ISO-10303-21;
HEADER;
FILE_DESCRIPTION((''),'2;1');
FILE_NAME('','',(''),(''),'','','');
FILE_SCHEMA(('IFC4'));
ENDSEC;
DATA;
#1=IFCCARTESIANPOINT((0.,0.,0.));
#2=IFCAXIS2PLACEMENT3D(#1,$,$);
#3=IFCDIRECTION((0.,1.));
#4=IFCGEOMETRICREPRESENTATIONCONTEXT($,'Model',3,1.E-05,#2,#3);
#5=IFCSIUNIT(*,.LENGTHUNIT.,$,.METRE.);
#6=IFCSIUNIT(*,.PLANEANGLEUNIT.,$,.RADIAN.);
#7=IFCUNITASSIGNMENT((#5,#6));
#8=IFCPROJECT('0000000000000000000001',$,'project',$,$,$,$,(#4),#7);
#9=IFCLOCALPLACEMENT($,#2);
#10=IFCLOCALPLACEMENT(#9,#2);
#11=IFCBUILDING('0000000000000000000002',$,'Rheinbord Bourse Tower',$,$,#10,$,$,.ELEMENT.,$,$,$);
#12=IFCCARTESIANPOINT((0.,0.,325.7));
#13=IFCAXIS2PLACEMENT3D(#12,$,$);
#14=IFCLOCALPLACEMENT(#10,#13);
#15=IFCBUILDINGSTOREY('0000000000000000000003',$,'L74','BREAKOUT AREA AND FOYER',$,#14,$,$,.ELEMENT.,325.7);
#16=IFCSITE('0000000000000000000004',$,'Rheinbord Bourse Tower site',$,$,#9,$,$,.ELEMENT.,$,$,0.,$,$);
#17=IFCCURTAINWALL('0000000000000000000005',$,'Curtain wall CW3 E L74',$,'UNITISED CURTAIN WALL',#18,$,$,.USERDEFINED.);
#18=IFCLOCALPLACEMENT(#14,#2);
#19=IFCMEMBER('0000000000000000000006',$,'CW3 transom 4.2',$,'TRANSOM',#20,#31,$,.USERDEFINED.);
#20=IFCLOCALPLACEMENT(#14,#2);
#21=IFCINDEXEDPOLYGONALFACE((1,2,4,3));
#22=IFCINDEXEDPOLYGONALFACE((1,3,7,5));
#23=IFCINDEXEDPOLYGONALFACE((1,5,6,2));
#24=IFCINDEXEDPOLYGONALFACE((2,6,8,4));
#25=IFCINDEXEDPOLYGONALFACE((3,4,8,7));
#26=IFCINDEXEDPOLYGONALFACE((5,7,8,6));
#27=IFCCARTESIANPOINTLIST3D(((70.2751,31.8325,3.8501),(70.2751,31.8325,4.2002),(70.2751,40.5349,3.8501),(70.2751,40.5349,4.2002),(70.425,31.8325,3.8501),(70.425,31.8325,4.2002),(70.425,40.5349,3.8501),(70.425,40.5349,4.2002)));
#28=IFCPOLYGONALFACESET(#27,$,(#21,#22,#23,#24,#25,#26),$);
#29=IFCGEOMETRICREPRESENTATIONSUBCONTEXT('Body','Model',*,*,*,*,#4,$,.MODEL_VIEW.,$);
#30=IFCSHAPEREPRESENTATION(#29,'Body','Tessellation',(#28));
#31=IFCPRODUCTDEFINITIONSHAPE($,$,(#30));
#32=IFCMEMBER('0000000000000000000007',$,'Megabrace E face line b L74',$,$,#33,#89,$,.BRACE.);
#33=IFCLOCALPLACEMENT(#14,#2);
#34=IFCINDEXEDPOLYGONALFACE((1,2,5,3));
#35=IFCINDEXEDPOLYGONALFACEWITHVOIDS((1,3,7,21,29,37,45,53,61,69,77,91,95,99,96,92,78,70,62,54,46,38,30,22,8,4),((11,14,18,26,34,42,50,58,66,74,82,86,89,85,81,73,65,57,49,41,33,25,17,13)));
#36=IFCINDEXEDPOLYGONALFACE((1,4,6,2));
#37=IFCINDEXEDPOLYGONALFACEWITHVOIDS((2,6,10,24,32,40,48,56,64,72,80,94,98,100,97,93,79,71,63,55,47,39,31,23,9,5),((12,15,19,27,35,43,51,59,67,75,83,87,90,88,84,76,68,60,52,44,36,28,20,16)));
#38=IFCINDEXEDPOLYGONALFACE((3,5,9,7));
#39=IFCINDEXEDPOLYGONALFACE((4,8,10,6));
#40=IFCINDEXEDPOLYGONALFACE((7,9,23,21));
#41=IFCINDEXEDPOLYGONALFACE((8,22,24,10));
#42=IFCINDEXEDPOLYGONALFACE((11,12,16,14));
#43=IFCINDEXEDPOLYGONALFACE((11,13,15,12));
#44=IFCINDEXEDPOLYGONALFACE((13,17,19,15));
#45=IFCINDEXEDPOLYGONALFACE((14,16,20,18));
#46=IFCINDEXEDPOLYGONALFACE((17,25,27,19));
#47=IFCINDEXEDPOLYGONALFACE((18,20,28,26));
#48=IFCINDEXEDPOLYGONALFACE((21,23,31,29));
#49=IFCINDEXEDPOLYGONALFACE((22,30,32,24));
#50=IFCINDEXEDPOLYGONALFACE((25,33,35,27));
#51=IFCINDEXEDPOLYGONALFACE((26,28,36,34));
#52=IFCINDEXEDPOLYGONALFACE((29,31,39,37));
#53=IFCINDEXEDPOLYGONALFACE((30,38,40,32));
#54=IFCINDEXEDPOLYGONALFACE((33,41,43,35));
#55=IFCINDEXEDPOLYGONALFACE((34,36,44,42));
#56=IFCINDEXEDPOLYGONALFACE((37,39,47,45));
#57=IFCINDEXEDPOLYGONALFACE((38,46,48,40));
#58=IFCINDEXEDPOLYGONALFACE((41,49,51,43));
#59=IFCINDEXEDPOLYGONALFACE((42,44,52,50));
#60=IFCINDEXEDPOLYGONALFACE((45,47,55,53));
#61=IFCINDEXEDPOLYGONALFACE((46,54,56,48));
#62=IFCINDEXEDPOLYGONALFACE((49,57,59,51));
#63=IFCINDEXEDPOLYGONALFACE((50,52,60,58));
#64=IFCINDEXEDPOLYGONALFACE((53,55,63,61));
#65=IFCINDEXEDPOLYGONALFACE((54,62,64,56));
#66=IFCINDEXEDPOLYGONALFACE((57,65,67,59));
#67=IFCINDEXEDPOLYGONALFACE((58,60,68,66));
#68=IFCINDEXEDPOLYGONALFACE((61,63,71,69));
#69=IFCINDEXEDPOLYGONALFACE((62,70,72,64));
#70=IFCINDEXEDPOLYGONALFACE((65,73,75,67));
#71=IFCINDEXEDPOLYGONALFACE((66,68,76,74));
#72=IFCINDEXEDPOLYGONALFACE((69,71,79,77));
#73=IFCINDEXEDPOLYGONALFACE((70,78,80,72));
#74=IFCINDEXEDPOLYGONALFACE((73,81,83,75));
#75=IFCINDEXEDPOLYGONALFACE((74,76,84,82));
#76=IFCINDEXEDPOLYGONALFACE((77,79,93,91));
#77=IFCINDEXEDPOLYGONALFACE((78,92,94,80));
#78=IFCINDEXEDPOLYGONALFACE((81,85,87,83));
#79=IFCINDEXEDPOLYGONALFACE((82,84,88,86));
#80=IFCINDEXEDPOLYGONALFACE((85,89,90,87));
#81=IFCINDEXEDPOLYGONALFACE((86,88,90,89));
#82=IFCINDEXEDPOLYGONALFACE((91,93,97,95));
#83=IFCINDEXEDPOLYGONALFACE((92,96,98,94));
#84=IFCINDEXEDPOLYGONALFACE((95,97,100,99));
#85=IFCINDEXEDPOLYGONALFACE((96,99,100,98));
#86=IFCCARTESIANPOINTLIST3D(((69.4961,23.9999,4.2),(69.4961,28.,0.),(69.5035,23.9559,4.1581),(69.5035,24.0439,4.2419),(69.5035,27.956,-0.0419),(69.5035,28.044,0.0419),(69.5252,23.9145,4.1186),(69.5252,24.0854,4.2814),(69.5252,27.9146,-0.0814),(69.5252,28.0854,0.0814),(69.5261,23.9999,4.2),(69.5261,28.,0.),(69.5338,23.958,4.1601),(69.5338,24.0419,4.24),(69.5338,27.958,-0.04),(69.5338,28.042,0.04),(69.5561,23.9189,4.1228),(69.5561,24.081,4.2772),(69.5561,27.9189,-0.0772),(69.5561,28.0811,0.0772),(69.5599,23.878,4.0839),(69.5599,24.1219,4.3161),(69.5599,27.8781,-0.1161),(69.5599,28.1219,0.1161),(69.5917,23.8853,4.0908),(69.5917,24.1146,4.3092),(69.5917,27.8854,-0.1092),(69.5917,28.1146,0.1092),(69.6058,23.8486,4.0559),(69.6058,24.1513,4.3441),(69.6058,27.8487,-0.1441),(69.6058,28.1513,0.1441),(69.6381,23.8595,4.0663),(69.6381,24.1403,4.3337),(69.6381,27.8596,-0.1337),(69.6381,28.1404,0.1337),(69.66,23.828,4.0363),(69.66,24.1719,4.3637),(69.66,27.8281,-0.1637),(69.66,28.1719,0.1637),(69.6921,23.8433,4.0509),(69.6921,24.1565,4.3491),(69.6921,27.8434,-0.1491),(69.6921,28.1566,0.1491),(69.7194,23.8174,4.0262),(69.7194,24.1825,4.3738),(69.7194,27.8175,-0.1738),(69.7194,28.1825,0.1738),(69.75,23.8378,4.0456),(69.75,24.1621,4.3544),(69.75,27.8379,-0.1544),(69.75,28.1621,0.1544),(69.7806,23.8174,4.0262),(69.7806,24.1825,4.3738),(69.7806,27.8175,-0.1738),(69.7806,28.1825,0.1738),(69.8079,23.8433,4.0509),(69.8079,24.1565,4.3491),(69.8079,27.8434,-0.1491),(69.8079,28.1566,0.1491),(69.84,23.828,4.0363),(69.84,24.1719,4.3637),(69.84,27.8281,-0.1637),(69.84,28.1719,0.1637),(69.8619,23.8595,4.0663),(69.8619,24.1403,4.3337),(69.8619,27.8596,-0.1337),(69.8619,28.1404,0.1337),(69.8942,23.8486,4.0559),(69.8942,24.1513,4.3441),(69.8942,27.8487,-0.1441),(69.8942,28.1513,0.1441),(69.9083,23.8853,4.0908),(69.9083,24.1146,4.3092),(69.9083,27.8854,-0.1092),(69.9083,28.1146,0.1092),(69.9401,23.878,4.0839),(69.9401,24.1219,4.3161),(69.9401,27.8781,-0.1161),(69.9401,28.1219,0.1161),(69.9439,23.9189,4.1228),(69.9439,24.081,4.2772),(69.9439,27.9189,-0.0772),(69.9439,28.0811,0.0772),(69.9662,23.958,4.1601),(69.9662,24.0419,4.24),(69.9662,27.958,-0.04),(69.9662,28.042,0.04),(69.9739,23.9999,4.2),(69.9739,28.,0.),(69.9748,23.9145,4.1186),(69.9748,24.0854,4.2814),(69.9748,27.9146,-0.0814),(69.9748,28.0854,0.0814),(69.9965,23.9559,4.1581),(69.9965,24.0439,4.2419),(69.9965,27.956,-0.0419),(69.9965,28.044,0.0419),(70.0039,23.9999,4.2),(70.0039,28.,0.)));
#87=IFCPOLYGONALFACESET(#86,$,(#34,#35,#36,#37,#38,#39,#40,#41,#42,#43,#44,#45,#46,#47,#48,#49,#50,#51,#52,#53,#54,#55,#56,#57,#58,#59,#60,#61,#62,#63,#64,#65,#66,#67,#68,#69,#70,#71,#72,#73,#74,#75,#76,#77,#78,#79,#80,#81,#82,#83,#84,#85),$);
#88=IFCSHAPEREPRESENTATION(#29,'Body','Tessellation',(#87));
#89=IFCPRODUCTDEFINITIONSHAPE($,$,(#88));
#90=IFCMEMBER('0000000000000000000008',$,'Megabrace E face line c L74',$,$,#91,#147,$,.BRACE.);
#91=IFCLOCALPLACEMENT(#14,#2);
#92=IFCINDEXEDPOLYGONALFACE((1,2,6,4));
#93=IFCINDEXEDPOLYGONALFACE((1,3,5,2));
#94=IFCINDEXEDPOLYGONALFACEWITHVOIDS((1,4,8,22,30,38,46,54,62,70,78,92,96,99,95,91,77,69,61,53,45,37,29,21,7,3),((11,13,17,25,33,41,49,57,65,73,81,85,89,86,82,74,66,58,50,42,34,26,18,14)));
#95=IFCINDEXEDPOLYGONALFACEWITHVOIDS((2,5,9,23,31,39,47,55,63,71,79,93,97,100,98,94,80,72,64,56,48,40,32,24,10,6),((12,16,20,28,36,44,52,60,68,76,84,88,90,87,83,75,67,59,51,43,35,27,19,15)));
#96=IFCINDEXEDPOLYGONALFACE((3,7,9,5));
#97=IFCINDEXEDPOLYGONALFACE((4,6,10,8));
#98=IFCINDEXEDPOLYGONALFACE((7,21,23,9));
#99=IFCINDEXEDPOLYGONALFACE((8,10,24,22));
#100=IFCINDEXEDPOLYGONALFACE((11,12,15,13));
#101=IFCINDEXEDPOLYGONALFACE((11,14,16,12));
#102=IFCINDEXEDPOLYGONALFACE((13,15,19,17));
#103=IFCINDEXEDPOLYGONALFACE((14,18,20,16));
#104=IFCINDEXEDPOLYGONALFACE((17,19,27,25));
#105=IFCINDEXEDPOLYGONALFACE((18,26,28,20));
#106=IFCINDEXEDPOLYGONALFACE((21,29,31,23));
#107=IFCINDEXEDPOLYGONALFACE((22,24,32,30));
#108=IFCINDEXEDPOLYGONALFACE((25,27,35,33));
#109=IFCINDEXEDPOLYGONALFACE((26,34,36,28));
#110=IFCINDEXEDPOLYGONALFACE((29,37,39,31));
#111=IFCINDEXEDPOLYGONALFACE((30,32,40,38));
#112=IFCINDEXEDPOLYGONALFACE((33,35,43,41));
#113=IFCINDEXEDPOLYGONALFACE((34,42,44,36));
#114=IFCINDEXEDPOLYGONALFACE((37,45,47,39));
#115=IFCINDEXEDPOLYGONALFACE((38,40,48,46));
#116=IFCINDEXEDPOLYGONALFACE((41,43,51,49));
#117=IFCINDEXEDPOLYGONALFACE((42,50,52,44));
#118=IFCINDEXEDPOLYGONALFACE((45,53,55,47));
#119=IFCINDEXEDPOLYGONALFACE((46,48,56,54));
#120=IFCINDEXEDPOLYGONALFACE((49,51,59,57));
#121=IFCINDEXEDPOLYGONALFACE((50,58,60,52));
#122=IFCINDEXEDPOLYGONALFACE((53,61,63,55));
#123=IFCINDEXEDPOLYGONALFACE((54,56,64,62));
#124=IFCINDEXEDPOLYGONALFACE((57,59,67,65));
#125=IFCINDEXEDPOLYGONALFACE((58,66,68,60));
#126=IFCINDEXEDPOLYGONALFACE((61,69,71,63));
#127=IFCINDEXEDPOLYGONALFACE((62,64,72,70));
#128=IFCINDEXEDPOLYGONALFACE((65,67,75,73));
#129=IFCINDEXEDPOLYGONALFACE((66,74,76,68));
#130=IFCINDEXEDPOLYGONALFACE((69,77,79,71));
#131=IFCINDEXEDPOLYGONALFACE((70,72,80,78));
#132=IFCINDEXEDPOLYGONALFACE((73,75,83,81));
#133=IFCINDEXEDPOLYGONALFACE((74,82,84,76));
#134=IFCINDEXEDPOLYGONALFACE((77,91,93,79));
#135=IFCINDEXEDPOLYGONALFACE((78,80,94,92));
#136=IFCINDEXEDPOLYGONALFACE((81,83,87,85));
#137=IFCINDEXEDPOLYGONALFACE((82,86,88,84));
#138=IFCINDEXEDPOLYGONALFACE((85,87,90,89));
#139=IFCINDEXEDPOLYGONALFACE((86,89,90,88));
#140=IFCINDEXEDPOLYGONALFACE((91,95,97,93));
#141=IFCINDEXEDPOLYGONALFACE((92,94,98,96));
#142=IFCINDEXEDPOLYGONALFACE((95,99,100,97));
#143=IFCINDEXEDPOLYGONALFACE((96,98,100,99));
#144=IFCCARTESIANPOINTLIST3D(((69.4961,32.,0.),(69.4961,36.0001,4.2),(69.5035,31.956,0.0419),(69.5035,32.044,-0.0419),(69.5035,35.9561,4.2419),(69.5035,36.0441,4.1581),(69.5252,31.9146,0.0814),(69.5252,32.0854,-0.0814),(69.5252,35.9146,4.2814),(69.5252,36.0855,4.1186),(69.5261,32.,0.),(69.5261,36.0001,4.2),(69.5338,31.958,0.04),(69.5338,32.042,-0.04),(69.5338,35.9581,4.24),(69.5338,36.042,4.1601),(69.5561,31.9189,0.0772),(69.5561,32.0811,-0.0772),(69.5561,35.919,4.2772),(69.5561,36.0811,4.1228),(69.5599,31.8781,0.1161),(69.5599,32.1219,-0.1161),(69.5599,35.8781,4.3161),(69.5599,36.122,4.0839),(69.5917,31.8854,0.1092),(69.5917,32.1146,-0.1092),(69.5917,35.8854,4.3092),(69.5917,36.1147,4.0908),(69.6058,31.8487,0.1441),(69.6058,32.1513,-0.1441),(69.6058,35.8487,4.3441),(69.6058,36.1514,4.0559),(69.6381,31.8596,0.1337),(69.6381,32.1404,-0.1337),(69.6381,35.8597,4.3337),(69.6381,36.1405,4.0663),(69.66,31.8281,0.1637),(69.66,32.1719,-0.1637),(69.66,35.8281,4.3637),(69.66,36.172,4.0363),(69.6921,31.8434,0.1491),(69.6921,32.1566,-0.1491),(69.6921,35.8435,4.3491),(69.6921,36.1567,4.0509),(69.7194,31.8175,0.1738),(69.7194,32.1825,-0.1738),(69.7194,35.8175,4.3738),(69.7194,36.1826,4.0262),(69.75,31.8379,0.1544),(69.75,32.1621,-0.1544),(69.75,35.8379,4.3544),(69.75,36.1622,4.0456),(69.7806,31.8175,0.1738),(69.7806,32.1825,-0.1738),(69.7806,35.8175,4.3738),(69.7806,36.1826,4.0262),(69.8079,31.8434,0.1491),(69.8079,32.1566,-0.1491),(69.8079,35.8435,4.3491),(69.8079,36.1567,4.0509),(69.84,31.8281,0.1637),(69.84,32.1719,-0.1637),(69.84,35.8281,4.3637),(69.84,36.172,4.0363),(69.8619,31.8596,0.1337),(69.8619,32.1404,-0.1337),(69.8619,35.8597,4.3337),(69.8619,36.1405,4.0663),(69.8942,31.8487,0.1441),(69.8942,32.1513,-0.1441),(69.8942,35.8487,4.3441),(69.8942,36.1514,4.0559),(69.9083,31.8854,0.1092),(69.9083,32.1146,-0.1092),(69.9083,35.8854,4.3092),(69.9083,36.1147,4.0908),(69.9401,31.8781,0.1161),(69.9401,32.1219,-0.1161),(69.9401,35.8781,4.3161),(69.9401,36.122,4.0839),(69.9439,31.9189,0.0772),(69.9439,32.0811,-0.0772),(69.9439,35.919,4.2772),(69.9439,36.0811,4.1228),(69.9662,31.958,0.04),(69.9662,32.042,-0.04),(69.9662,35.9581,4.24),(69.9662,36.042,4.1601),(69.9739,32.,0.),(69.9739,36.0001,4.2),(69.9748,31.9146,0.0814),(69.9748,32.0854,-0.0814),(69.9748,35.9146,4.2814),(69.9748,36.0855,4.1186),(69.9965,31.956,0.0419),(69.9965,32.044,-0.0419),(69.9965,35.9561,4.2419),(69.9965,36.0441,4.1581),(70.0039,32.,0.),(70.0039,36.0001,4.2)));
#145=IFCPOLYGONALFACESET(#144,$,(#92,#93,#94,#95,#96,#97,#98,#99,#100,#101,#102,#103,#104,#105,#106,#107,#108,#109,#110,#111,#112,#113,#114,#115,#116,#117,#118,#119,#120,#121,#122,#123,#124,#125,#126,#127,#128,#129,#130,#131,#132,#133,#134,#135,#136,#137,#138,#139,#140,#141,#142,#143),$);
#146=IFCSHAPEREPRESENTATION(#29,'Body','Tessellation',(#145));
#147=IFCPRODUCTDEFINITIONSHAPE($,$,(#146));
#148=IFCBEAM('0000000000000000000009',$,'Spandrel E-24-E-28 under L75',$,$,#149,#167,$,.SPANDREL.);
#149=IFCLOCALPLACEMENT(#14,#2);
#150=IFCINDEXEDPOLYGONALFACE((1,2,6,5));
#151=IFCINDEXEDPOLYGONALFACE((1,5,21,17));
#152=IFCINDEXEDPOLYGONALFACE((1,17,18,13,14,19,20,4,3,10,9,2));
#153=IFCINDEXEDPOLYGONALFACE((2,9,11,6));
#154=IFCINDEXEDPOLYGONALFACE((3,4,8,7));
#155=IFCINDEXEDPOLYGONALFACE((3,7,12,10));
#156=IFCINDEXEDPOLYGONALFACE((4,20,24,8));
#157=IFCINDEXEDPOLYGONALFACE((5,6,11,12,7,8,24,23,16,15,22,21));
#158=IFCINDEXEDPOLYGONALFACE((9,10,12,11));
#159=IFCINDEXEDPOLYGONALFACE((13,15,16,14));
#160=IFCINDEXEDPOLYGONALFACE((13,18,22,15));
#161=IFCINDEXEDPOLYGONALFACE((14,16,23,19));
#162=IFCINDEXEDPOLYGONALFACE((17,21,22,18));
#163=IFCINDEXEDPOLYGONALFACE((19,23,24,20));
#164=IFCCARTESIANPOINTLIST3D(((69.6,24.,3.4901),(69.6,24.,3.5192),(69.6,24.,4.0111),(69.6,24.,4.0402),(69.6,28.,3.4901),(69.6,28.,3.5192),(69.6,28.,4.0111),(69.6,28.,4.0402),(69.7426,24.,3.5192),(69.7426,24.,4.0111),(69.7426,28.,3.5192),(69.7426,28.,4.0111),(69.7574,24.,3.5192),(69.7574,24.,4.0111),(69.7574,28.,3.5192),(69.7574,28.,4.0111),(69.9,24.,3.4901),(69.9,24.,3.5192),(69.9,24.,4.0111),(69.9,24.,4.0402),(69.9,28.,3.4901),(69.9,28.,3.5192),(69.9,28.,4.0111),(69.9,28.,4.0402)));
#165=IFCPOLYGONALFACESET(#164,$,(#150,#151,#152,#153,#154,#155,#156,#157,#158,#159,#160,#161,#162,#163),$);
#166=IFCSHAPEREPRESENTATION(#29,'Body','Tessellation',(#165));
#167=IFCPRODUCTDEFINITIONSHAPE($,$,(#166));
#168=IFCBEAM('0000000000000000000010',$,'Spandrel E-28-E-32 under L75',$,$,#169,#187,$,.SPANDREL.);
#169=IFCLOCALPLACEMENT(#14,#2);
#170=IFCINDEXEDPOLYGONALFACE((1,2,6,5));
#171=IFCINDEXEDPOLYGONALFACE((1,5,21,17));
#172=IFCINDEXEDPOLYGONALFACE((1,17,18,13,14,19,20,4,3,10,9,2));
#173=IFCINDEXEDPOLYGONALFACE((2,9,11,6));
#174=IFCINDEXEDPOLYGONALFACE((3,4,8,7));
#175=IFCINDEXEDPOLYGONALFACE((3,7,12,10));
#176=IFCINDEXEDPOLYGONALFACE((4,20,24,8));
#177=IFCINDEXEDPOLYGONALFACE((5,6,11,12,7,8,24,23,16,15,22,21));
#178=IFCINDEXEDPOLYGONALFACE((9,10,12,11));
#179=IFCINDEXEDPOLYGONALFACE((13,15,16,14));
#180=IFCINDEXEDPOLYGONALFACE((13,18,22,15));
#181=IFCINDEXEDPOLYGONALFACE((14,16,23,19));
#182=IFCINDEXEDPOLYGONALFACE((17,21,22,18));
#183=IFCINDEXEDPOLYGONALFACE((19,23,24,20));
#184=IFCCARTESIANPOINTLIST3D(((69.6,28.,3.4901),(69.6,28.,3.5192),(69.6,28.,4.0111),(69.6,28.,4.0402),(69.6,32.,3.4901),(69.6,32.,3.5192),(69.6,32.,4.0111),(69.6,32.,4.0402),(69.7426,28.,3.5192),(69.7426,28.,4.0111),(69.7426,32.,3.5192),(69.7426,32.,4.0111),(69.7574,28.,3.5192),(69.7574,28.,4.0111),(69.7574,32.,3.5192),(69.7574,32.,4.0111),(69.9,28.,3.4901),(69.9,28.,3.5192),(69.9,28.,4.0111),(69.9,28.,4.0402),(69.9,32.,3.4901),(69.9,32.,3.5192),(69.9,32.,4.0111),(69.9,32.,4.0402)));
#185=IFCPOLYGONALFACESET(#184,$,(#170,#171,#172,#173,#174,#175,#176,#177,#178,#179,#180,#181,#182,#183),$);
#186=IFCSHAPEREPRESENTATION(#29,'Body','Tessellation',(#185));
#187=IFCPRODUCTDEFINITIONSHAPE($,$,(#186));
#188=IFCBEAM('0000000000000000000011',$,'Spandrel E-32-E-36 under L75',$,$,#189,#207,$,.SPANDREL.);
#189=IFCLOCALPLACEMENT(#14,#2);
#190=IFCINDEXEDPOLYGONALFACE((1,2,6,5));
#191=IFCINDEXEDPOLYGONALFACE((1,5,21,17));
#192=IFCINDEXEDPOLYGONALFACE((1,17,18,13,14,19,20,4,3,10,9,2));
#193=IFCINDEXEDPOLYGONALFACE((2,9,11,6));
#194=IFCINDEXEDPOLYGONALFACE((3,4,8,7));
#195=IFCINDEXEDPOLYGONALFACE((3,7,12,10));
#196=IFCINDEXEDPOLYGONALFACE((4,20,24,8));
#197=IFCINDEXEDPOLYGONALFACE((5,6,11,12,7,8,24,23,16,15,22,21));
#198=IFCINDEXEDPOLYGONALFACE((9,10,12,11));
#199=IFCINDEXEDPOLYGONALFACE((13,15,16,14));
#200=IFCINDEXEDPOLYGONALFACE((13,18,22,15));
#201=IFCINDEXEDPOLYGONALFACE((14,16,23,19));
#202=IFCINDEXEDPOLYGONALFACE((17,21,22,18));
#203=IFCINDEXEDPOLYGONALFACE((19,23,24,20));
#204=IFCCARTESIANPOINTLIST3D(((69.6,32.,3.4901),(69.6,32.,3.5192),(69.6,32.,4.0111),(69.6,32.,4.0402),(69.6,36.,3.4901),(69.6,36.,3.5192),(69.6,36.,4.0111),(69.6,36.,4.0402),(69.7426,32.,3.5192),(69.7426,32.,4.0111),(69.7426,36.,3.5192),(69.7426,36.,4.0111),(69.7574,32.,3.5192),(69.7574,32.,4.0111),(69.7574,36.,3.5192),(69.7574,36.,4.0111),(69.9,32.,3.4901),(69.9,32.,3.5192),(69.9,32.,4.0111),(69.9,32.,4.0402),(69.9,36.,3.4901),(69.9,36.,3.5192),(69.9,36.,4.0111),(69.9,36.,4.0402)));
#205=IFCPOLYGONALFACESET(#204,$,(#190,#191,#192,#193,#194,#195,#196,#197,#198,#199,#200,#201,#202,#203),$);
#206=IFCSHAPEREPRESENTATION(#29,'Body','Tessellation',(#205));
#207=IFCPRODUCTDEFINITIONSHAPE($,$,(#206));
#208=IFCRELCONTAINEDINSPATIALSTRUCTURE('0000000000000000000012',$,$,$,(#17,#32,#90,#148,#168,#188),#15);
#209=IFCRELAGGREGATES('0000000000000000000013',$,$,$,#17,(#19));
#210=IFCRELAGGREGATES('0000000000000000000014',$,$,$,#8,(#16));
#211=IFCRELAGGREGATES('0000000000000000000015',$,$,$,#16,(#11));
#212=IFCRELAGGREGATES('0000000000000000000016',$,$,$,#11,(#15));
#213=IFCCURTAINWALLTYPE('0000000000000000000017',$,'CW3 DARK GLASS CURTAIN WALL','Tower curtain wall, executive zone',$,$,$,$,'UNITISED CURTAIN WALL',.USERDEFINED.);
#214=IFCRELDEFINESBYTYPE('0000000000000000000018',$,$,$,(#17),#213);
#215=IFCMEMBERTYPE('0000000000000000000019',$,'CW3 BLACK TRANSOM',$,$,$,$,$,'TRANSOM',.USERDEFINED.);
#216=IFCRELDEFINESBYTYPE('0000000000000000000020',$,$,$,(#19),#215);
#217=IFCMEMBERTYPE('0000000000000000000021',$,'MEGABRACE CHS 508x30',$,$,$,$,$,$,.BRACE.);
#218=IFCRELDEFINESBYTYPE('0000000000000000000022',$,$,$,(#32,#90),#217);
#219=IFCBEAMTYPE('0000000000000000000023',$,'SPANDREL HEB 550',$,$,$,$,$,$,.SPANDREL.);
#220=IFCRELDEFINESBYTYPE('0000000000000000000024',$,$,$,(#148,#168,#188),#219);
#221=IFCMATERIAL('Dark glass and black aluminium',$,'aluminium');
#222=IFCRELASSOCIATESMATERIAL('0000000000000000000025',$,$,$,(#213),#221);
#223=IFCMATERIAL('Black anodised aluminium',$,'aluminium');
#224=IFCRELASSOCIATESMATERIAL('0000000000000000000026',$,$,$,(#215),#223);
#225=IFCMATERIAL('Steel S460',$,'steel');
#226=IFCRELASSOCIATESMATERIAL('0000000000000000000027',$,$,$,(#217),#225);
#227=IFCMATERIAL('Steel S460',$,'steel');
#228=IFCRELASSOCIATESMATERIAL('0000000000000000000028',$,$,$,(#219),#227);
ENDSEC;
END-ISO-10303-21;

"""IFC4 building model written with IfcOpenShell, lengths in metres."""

from ifc_helpers import new_model, si_unit, direction, frame, origin, origin_2d, place, context, subcontext, project, spatial, rectangle, hollow_circle, i_section, extrude, material, material_profile, profile_set, type_object, element, aggregate, save


model = new_model("IFC4")

# Units and contexts
model_context = context("Model", 3, precision=1e-05, world=origin(), true_north=direction((0.0, 1.0)))
body_context = subcontext(model_context, "Body", "Model", "MODEL_VIEW")
ifc_project = project(units=[si_unit("LENGTHUNIT", "METRE"), si_unit("PLANEANGLEUNIT", "RADIAN")], contexts=[model_context])

# Site, building, storey
site_placement = place(None, origin())
site = spatial("IfcSite", under=ifc_project, at=site_placement, Name="Rheinbord Bourse Tower site", CompositionType="ELEMENT", RefElevation=0.0)
building_placement = place(site_placement, origin())
building = spatial("IfcBuilding", under=site, at=building_placement, Name="Rheinbord Bourse Tower", CompositionType="ELEMENT")
storey_placement = place(building_placement, frame((0.0, 0.0, 325.7)))
storey = spatial("IfcBuildingStorey", under=building, at=storey_placement, Name="L74", Description="BREAKOUT AREA AND FOYER", CompositionType="ELEMENT", Elevation=325.7)

# Curtain wall, member
ifc_material_1 = material(Name="Dark glass and black aluminium", Category="aluminium")
curtain_wall_type = type_object("IfcCurtainWallType", Name="CW3 DARK GLASS CURTAIN WALL", Description="Tower curtain wall, executive zone", ElementType="UNITISED CURTAIN WALL", PredefinedType="USERDEFINED", material=ifc_material_1)
curtain_wall_placement = place(storey_placement, origin())
curtain_wall = element("IfcCurtainWall", 1, at=curtain_wall_placement, inside=storey, type_object=curtain_wall_type, Name="Curtain wall CW3 E L74", ObjectType="UNITISED CURTAIN WALL", PredefinedType="USERDEFINED")
ifc_material_2 = material(Name="Black anodised aluminium", Category="aluminium")
ifc_material_profile_1 = material_profile(ifc_material_2, rectangle(XDim=0.1499, YDim=0.3501, at=origin_2d()), Name="CW3 TRANSOM 350x150")
ifc_profile_set_1 = profile_set([ifc_material_profile_1], Name="Black anodised aluminium")
member_type_1 = type_object("IfcMemberType", Name="CW3 BLACK TRANSOM", ElementType="TRANSOM", PredefinedType="USERDEFINED", material=ifc_profile_set_1)
member_1_placement = place(storey_placement, frame((70.3501, 31.8325, 4.0251), z_axis=(0.0, 1.0, 0.0), x_axis=(-1.0, 0.0, 0.0)))
member_1 = element("IfcMember", 2, at=member_1_placement, type_object=member_type_1, Name="CW3 transom 4.2", ObjectType="TRANSOM", PredefinedType="USERDEFINED", context=body_context, shape_type="SweptSolid", body=[
    extrude(rectangle(XDim=0.1499, YDim=0.3501, at=origin_2d()), origin(), (0.0, 0.0, 1.0), 8.7024),
])

# Members
ifc_material_3 = material(Name="Steel S460", Category="steel")
ifc_material_profile_2 = material_profile(ifc_material_3, hollow_circle(Radius=0.2539, WallThickness=0.03, at=origin_2d()), Name="CHS 508x30")
ifc_profile_set_2 = profile_set([ifc_material_profile_2], Name="Steel S460")
member_type_2 = type_object("IfcMemberType", Name="MEGABRACE CHS 508x30", PredefinedType="BRACE", material=ifc_profile_set_2)
for number, where, z_axis, x_axis, name in (
    (3, (69.75, 28.0, 0.0), (0.0, -0.689659, 0.724134), (1.0, 0.0, 0.0), "Megabrace E face line b L74"),
    (4, (69.75, 32.0, 0.0), (0.0, 0.689659, 0.724134), (-1.0, 0.0, 0.0), "Megabrace E face line c L74"),
):
    element("IfcMember", number, at=place(storey_placement, frame(where, z_axis=z_axis, x_axis=x_axis)), inside=storey, type_object=member_type_2, Name=name, PredefinedType="BRACE", context=body_context, shape_type="SweptSolid", body=[
        extrude(hollow_circle(Radius=0.2539, WallThickness=0.03, at=origin_2d()), origin(), (0.0, 0.0, 1.0), 5.8),
    ])

# Beams
ifc_material_4 = material(Name="Steel S460", Category="steel")
ifc_material_profile_3 = material_profile(ifc_material_4, i_section(OverallWidth=0.3, OverallDepth=0.55, WebThickness=0.0149, FlangeThickness=0.0291, at=origin_2d()), Name="HEB 550")
ifc_profile_set_3 = profile_set([ifc_material_profile_3], Name="Steel S460")
beam_type_1 = type_object("IfcBeamType", Name="SPANDREL HEB 550", PredefinedType="SPANDREL", material=ifc_profile_set_3)
for number, where, z_axis, x_axis, name in (
    (5, (69.75, 24.0, 3.7651), (0.0, 1.0, 0.0), (-1.0, 0.0, 0.0), "Spandrel E-24-E-28 under L75"),
    (6, (69.75, 28.0, 3.7651), (0.0, 1.0, 0.0), (-1.0, 0.0, 0.0), "Spandrel E-28-E-32 under L75"),
    (7, (69.75, 32.0, 3.7651), (0.0, 1.0, 0.0), (-1.0, 0.0, 0.0), "Spandrel E-32-E-36 under L75"),
):
    element("IfcBeam", number, at=place(storey_placement, frame(where, z_axis=z_axis, x_axis=x_axis)), inside=storey, type_object=beam_type_1, Name=name, PredefinedType="SPANDREL", context=body_context, shape_type="SweptSolid", body=[
        extrude(i_section(OverallWidth=0.3, OverallDepth=0.55, WebThickness=0.0149, FlangeThickness=0.0291, at=origin_2d()), origin(), (0.0, 0.0, 1.0), 4.0),
    ])

aggregate(curtain_wall, [member_1])

save(model, "model.ifc")
